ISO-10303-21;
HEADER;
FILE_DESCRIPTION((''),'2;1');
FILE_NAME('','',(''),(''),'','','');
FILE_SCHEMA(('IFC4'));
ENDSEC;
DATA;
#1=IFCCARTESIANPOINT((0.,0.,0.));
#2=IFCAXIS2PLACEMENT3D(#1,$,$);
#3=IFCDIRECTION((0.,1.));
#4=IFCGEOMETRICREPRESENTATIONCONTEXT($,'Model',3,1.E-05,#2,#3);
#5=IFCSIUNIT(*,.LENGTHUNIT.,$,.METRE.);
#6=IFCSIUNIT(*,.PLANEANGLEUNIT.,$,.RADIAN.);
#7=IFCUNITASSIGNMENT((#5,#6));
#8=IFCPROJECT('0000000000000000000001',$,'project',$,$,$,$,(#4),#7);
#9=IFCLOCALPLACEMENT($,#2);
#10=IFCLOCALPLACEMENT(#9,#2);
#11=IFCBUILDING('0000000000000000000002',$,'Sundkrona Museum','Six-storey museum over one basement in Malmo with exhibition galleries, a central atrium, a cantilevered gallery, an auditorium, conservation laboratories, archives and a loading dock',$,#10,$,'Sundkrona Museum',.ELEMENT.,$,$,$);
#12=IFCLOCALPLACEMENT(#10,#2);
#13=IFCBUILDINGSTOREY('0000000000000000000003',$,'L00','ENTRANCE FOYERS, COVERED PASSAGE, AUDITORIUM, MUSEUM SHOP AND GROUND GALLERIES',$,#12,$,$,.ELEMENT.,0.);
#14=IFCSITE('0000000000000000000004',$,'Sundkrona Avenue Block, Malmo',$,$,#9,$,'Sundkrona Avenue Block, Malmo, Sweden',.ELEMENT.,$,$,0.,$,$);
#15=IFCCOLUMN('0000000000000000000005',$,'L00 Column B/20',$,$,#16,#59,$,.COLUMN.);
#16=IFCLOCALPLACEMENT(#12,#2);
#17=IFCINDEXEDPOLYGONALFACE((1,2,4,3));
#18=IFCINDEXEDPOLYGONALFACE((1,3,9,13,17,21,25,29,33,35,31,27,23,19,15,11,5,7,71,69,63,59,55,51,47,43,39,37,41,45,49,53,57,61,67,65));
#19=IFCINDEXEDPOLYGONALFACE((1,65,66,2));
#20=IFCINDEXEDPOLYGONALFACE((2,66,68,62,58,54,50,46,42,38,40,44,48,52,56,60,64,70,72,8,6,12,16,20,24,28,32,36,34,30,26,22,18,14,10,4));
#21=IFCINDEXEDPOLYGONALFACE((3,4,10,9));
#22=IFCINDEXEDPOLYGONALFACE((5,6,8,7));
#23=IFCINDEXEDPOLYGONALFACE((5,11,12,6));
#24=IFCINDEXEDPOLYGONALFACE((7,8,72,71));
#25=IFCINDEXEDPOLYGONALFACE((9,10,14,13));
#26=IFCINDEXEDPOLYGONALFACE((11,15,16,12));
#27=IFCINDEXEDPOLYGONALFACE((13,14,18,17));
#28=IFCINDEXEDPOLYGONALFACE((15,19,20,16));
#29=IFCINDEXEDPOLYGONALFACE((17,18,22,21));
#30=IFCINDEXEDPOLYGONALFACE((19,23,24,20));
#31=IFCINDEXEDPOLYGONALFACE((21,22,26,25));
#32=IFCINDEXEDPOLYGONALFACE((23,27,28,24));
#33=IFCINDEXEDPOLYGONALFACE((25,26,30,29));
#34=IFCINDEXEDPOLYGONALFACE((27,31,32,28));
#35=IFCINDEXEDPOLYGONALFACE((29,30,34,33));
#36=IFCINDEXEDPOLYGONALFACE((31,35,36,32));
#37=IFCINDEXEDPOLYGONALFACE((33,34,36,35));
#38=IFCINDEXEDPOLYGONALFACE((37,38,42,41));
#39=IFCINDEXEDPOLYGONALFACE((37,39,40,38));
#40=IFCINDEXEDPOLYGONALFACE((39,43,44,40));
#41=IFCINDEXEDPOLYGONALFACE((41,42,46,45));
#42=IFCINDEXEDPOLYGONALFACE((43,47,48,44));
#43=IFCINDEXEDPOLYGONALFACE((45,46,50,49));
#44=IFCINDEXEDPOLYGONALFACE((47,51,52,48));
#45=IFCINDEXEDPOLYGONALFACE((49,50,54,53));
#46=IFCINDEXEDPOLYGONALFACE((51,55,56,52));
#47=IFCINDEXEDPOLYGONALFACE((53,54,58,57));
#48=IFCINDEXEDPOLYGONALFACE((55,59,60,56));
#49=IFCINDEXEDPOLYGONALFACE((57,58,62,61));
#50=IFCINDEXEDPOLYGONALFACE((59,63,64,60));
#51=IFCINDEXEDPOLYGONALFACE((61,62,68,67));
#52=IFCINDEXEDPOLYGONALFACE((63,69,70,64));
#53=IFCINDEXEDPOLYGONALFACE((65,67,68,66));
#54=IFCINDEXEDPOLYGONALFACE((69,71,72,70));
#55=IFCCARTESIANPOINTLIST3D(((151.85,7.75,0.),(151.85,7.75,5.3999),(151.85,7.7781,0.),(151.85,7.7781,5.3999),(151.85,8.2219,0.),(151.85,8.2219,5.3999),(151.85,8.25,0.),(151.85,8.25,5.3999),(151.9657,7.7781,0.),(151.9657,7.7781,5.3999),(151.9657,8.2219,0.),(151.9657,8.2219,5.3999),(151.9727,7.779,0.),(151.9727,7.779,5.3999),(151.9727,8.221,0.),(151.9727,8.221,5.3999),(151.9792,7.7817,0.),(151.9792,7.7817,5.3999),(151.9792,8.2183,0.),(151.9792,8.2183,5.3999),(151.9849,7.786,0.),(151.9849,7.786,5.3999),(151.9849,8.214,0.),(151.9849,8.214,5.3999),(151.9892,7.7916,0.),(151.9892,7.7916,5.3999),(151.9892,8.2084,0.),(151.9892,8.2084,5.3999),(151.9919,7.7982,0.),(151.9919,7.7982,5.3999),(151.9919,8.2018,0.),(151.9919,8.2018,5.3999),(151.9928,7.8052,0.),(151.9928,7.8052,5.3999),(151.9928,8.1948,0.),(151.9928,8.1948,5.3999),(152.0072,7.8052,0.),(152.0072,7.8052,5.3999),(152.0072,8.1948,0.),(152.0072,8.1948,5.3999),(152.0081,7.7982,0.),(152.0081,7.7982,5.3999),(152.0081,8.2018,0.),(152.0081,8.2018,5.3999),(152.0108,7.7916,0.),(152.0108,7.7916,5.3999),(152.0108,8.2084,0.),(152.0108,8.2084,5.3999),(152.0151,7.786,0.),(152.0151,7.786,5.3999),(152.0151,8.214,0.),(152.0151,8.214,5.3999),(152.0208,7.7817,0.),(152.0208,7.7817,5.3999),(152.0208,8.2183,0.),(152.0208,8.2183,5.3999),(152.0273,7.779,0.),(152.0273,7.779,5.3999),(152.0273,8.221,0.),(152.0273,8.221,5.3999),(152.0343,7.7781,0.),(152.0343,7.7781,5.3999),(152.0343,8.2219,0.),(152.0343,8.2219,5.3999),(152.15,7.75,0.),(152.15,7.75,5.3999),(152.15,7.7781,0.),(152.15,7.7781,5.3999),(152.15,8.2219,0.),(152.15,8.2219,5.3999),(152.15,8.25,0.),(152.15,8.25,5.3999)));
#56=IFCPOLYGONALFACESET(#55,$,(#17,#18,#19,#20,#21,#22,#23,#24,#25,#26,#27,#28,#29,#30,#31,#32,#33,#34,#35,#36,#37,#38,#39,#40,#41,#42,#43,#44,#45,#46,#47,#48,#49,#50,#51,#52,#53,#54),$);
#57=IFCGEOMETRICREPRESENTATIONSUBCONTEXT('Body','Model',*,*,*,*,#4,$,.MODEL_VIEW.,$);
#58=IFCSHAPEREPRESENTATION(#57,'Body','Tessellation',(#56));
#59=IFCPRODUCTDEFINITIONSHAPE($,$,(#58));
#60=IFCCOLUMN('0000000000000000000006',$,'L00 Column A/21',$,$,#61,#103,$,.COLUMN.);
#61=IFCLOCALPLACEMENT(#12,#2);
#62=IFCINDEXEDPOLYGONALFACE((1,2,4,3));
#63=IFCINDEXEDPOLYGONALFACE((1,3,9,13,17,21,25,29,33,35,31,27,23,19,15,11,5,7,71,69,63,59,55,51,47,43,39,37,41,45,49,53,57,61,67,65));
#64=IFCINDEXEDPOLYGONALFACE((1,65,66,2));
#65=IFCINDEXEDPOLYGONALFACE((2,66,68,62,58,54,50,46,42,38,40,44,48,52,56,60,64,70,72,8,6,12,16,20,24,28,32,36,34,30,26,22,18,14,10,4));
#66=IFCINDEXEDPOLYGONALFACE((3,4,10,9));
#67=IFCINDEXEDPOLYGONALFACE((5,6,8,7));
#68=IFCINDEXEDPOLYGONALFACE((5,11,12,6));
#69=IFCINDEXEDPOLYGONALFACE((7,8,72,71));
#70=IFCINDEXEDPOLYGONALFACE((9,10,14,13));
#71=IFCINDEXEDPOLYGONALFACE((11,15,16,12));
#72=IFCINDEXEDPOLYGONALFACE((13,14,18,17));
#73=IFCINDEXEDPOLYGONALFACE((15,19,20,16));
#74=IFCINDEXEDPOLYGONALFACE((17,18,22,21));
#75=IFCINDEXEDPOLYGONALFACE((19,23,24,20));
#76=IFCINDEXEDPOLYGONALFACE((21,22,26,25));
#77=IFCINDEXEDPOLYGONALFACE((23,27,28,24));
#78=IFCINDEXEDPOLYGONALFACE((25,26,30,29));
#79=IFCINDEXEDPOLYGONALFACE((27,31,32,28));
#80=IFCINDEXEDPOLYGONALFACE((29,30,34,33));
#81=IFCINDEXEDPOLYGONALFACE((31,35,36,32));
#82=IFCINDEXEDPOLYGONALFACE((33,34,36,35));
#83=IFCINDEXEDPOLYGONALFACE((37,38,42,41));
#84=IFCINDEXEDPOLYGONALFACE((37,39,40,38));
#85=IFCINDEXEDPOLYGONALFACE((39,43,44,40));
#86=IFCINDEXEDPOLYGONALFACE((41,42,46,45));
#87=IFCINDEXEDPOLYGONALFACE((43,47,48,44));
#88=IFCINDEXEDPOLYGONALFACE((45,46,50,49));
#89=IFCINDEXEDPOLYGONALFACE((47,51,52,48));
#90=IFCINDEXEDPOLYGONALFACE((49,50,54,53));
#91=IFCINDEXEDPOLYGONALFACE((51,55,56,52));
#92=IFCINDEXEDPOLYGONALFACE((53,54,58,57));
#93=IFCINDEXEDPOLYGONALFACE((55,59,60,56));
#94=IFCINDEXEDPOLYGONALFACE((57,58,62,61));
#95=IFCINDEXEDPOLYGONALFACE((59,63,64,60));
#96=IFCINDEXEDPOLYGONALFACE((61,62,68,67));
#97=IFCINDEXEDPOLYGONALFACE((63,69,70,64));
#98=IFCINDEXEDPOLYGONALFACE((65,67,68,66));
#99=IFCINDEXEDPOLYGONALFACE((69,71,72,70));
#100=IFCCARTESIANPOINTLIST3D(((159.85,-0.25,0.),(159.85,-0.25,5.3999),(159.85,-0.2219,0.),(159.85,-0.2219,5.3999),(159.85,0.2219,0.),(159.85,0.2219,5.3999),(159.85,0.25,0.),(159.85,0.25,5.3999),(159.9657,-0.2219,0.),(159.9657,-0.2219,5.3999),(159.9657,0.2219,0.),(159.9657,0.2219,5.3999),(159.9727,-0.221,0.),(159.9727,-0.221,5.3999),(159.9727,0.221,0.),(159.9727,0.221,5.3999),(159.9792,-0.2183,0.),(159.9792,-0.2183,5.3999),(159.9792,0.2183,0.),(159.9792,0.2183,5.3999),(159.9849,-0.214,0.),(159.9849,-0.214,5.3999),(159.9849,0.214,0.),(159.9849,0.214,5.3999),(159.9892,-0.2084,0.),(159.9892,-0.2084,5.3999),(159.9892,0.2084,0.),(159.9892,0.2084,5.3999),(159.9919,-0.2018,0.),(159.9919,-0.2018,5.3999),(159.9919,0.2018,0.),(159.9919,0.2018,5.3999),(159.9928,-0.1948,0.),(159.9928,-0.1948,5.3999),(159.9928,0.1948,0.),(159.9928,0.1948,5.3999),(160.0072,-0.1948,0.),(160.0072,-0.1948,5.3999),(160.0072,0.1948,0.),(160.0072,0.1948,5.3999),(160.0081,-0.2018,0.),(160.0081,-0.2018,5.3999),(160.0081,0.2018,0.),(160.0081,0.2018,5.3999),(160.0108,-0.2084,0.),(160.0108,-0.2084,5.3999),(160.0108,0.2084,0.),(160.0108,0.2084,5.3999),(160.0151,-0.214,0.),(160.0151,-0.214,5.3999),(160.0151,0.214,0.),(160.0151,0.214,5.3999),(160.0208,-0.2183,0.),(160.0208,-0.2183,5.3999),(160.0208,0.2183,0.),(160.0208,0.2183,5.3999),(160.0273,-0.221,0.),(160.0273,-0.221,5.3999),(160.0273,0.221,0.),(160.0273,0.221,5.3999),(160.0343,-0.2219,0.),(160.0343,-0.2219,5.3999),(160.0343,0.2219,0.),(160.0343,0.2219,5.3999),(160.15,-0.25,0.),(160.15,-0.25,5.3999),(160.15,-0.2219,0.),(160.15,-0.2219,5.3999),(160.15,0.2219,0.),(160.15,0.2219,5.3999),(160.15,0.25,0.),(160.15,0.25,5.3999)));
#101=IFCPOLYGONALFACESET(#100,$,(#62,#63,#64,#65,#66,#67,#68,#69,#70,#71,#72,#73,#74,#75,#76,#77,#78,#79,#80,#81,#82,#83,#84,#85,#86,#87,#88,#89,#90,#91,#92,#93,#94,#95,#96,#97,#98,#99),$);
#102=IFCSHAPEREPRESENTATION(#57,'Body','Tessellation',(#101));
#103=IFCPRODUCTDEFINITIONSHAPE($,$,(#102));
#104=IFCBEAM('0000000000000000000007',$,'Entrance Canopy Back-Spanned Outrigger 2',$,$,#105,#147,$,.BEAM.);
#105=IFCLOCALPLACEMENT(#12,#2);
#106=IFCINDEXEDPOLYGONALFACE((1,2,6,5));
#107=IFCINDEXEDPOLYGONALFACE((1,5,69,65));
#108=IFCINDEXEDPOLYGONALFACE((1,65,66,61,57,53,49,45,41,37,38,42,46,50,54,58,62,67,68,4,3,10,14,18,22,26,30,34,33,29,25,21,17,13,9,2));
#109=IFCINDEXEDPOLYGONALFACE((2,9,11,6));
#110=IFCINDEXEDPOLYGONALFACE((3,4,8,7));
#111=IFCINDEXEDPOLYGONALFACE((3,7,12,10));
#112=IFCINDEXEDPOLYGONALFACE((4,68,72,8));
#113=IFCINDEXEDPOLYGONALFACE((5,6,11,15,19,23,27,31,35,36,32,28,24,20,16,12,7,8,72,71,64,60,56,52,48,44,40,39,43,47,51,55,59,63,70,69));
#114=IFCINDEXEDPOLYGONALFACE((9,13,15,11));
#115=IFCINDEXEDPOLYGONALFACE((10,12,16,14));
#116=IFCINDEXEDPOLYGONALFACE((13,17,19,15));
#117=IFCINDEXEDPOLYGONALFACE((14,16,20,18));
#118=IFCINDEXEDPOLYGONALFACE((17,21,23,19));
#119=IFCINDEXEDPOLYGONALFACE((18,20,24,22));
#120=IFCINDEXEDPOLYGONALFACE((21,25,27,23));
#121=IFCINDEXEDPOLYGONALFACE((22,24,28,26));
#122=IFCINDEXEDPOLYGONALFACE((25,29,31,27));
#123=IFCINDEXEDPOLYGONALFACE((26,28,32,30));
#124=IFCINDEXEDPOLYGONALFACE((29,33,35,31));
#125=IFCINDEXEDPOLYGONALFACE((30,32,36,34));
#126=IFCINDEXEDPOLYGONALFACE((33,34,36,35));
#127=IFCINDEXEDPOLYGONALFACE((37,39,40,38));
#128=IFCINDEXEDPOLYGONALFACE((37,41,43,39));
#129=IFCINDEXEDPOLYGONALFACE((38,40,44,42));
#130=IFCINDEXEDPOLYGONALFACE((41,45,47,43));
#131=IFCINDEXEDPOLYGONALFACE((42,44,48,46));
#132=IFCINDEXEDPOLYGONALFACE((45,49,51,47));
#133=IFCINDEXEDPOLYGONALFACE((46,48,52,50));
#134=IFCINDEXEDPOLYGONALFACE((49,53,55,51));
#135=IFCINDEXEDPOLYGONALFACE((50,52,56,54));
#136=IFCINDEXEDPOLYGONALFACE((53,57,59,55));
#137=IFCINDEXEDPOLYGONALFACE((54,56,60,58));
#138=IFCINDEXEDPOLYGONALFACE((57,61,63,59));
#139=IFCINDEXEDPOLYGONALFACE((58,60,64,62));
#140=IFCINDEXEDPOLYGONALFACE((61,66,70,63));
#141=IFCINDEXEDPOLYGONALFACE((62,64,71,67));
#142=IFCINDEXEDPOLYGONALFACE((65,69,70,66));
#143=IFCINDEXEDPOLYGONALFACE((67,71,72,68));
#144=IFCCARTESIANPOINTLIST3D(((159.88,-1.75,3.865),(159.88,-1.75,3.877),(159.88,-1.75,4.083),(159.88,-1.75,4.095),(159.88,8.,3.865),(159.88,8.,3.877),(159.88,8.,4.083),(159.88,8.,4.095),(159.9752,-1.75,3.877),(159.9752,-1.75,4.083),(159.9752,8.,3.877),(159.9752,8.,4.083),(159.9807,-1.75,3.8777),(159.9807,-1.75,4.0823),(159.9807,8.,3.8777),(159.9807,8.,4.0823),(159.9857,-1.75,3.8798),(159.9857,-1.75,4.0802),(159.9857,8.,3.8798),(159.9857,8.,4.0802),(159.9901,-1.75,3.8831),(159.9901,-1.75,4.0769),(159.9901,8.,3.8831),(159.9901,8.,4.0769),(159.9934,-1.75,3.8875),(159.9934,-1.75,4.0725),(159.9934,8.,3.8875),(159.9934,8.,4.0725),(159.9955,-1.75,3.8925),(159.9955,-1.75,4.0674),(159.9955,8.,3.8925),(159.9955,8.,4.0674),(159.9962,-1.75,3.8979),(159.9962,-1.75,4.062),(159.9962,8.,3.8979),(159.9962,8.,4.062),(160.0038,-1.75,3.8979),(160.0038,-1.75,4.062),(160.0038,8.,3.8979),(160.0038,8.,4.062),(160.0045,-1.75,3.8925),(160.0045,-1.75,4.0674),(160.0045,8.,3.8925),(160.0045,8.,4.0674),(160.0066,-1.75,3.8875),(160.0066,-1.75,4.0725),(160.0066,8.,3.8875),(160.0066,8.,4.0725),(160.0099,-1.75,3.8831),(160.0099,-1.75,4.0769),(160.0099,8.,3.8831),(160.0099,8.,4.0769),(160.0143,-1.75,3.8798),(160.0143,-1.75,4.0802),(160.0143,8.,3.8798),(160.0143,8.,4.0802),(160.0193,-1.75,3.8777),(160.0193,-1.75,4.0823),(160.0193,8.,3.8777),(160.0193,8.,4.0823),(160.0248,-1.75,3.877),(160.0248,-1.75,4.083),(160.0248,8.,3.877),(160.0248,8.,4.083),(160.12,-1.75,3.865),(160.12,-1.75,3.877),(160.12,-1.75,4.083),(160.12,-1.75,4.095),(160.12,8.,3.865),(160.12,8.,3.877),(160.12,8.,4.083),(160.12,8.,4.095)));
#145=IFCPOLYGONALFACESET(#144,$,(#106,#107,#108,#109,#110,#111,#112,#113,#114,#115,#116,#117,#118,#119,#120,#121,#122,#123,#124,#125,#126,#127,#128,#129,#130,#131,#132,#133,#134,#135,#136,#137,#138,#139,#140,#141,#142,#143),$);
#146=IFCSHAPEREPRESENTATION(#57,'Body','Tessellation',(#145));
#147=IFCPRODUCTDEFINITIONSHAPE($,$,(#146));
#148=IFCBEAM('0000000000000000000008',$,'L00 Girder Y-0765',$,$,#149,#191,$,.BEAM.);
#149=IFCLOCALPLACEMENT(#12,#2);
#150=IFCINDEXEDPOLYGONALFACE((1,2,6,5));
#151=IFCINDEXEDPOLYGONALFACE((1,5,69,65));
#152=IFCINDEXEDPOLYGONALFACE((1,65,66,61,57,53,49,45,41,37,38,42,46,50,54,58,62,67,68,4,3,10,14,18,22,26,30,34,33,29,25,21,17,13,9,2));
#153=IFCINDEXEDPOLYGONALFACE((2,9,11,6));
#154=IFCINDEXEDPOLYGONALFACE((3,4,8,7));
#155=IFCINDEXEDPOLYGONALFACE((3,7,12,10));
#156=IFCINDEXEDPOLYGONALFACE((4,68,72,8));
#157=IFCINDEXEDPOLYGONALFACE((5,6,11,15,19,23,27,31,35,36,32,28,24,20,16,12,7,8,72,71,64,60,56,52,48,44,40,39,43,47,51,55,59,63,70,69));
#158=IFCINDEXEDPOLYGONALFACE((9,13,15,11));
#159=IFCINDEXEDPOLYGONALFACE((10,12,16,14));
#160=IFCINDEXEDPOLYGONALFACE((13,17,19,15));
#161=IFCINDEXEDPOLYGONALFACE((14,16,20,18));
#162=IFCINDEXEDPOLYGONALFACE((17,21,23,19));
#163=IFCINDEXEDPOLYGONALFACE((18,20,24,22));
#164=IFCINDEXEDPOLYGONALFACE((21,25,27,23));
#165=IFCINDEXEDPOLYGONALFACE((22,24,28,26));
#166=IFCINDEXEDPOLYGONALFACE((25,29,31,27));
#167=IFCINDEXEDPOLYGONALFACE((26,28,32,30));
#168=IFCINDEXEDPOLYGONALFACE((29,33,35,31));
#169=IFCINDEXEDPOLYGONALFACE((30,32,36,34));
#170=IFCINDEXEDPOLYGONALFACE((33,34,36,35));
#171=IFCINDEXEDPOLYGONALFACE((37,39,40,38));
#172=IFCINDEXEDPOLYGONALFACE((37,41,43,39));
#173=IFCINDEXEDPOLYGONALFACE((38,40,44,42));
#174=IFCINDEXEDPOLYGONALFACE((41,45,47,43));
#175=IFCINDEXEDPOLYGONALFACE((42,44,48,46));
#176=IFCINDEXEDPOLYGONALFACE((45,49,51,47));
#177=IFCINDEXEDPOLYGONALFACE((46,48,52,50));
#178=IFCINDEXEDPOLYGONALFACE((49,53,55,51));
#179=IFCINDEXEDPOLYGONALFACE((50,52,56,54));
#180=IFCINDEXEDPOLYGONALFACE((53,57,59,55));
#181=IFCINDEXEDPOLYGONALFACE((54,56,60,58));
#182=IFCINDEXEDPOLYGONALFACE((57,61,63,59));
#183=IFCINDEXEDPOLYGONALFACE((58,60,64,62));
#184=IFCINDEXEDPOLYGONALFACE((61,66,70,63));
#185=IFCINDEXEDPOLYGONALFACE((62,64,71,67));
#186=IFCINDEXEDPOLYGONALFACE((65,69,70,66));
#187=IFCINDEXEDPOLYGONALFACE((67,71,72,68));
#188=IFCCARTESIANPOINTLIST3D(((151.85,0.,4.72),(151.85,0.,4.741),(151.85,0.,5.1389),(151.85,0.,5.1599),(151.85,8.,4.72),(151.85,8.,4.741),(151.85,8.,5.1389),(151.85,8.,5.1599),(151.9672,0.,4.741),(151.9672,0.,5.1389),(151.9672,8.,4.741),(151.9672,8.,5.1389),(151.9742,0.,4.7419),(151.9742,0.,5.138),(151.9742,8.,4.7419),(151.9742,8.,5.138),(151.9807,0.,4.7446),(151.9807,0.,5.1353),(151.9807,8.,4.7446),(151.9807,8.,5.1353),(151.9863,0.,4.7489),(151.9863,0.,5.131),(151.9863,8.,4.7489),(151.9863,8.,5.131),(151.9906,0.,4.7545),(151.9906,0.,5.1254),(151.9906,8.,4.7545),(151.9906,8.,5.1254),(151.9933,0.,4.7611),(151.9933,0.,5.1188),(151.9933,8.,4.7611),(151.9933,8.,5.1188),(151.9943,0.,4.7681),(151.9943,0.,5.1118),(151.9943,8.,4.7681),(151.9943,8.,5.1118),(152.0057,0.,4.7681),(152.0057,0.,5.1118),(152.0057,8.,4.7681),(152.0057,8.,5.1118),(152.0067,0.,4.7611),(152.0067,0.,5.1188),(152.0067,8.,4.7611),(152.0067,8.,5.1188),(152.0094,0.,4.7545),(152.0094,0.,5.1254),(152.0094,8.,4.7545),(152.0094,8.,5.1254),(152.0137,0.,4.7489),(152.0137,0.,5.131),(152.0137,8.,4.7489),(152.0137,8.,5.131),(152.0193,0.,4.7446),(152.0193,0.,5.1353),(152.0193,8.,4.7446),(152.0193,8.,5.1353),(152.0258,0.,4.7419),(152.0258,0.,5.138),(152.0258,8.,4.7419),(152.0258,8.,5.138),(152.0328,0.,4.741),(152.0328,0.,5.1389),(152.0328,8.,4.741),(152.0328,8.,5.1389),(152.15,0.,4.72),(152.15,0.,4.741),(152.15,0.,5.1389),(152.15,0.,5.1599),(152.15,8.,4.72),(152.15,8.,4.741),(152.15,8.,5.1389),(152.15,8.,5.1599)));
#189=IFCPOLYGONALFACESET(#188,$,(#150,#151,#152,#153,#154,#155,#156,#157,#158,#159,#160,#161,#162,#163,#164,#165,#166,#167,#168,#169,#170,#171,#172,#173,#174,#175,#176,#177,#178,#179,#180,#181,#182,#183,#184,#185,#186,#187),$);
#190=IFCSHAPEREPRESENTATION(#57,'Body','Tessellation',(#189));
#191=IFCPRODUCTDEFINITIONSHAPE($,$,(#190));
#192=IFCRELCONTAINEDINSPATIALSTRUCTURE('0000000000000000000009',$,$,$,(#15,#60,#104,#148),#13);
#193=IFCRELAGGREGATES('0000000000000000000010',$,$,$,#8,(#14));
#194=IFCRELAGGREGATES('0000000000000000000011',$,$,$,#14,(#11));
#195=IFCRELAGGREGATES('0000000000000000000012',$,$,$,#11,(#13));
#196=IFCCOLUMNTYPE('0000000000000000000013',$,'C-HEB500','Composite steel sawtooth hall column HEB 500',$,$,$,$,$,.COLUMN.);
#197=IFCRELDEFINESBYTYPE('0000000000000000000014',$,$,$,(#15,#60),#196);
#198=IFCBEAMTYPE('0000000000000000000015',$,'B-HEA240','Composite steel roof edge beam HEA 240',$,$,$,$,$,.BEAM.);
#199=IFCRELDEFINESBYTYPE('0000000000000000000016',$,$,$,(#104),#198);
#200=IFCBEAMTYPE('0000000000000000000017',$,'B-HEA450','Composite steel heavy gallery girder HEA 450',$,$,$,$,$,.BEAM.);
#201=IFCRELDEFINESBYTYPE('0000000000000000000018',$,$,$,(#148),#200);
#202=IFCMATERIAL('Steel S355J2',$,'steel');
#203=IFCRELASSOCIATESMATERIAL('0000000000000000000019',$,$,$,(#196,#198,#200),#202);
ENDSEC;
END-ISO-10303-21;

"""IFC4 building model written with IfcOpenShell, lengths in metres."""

from ifc_helpers import new_model, si_unit, direction, frame, origin, origin_2d, place, context, subcontext, project, spatial, i_section, extrude, material, material_profile, profile_set, type_object, element, save


model = new_model("IFC4")

# Units and contexts
model_context = context("Model", 3, precision=1e-05, world=origin(), true_north=direction((0.0, 1.0)))
body_context = subcontext(model_context, "Body", "Model", "MODEL_VIEW")
ifc_project = project(units=[si_unit("LENGTHUNIT", "METRE"), si_unit("PLANEANGLEUNIT", "RADIAN")], contexts=[model_context])

# Site, building, storey
site_placement = place(None, origin())
site = spatial("IfcSite", under=ifc_project, at=site_placement, Name="Sundkrona Avenue Block, Malmo", LongName="Sundkrona Avenue Block, Malmo, Sweden", CompositionType="ELEMENT", RefElevation=0.0)
building_placement = place(site_placement, origin())
building = spatial("IfcBuilding", under=site, at=building_placement, Name="Sundkrona Museum", Description="Six-storey museum over one basement in Malmo with exhibition galleries, a central atrium, a cantilevered gallery, an auditorium, conservation laboratories, archives and a loading dock", LongName="Sundkrona Museum", CompositionType="ELEMENT")
storey_placement = place(building_placement, origin())
storey = spatial("IfcBuildingStorey", under=building, at=storey_placement, Name="L00", Description="ENTRANCE FOYERS, COVERED PASSAGE, AUDITORIUM, MUSEUM SHOP AND GROUND GALLERIES", CompositionType="ELEMENT", Elevation=0.0)

# Columns
ifc_material_1 = material(Name="Steel S355J2", Category="steel")
ifc_material_profile_1 = material_profile(ifc_material_1, i_section(OverallWidth=0.3, OverallDepth=0.5, WebThickness=0.0144, FlangeThickness=0.0281, FilletRadius=0.0271, at=origin_2d()), Name="HEB 500")
ifc_profile_set_1 = profile_set([ifc_material_profile_1], Name="Steel S355J2")
column_type = type_object("IfcColumnType", Name="C-HEB500", Description="Composite steel sawtooth hall column HEB 500", PredefinedType="COLUMN", material=ifc_profile_set_1)
for number, where, z_axis, x_axis, name in (
    (1, (152.0, 8.0, 0.0), (0.0, 0.0, 1.0), (1.0, 0.0, 0.0), "L00 Column B/20"),
    (2, (160.0, 0.0, 0.0), (0.0, 0.0, 1.0), (1.0, 0.0, 0.0), "L00 Column A/21"),
):
    element("IfcColumn", number, at=place(storey_placement, frame(where, z_axis=z_axis, x_axis=x_axis)), inside=storey, type_object=column_type, Name=name, PredefinedType="COLUMN", context=body_context, shape_type="SweptSolid", body=[
        extrude(i_section(OverallWidth=0.3, OverallDepth=0.5, WebThickness=0.0144, FlangeThickness=0.0281, FilletRadius=0.0271, at=origin_2d()), origin(), (0.0, 0.0, 1.0), 5.3999),
    ])

# Beams
ifc_material_profile_2 = material_profile(ifc_material_1, i_section(OverallWidth=0.24, OverallDepth=0.23, WebThickness=0.0076, FlangeThickness=0.012, FilletRadius=0.021, at=origin_2d()), Name="HEA 240")
ifc_profile_set_2 = profile_set([ifc_material_profile_2], Name="Steel S355J2")
beam_type_1 = type_object("IfcBeamType", Name="B-HEA240", Description="Composite steel roof edge beam HEA 240", PredefinedType="BEAM", material=ifc_profile_set_2)
beam_1_placement = place(storey_placement, frame((160.0, -1.75, 3.98), z_axis=(0.0, 1.0, 0.0), x_axis=(-1.0, 0.0, 0.0)))
element("IfcBeam", 3, at=beam_1_placement, inside=storey, type_object=beam_type_1, Name="Entrance Canopy Back-Spanned Outrigger 2", PredefinedType="BEAM", context=body_context, shape_type="SweptSolid", body=[
    extrude(i_section(OverallWidth=0.24, OverallDepth=0.23, WebThickness=0.0076, FlangeThickness=0.012, FilletRadius=0.021, at=origin_2d()), origin(), (0.0, 0.0, 1.0), 9.75),
])
ifc_material_profile_3 = material_profile(ifc_material_1, i_section(OverallWidth=0.3, OverallDepth=0.4399, WebThickness=0.0115, FlangeThickness=0.021, FilletRadius=0.0271, at=origin_2d()), Name="HEA 450")
ifc_profile_set_3 = profile_set([ifc_material_profile_3], Name="Steel S355J2")
beam_type_2 = type_object("IfcBeamType", Name="B-HEA450", Description="Composite steel heavy gallery girder HEA 450", PredefinedType="BEAM", material=ifc_profile_set_3)
for number, where, z_axis, x_axis, name in (
    (4, (152.0, 0.0, 4.9399), (0.0, 1.0, 0.0), (-1.0, 0.0, 0.0), "L00 Girder Y-0765"),
):
    element("IfcBeam", number, at=place(storey_placement, frame(where, z_axis=z_axis, x_axis=x_axis)), inside=storey, type_object=beam_type_2, Name=name, PredefinedType="BEAM", context=body_context, shape_type="SweptSolid", body=[
        extrude(i_section(OverallWidth=0.3, OverallDepth=0.4399, WebThickness=0.0115, FlangeThickness=0.021, FilletRadius=0.0271, at=origin_2d()), origin(), (0.0, 0.0, 1.0), 8.0),
    ])

save(model, "model.ifc")
